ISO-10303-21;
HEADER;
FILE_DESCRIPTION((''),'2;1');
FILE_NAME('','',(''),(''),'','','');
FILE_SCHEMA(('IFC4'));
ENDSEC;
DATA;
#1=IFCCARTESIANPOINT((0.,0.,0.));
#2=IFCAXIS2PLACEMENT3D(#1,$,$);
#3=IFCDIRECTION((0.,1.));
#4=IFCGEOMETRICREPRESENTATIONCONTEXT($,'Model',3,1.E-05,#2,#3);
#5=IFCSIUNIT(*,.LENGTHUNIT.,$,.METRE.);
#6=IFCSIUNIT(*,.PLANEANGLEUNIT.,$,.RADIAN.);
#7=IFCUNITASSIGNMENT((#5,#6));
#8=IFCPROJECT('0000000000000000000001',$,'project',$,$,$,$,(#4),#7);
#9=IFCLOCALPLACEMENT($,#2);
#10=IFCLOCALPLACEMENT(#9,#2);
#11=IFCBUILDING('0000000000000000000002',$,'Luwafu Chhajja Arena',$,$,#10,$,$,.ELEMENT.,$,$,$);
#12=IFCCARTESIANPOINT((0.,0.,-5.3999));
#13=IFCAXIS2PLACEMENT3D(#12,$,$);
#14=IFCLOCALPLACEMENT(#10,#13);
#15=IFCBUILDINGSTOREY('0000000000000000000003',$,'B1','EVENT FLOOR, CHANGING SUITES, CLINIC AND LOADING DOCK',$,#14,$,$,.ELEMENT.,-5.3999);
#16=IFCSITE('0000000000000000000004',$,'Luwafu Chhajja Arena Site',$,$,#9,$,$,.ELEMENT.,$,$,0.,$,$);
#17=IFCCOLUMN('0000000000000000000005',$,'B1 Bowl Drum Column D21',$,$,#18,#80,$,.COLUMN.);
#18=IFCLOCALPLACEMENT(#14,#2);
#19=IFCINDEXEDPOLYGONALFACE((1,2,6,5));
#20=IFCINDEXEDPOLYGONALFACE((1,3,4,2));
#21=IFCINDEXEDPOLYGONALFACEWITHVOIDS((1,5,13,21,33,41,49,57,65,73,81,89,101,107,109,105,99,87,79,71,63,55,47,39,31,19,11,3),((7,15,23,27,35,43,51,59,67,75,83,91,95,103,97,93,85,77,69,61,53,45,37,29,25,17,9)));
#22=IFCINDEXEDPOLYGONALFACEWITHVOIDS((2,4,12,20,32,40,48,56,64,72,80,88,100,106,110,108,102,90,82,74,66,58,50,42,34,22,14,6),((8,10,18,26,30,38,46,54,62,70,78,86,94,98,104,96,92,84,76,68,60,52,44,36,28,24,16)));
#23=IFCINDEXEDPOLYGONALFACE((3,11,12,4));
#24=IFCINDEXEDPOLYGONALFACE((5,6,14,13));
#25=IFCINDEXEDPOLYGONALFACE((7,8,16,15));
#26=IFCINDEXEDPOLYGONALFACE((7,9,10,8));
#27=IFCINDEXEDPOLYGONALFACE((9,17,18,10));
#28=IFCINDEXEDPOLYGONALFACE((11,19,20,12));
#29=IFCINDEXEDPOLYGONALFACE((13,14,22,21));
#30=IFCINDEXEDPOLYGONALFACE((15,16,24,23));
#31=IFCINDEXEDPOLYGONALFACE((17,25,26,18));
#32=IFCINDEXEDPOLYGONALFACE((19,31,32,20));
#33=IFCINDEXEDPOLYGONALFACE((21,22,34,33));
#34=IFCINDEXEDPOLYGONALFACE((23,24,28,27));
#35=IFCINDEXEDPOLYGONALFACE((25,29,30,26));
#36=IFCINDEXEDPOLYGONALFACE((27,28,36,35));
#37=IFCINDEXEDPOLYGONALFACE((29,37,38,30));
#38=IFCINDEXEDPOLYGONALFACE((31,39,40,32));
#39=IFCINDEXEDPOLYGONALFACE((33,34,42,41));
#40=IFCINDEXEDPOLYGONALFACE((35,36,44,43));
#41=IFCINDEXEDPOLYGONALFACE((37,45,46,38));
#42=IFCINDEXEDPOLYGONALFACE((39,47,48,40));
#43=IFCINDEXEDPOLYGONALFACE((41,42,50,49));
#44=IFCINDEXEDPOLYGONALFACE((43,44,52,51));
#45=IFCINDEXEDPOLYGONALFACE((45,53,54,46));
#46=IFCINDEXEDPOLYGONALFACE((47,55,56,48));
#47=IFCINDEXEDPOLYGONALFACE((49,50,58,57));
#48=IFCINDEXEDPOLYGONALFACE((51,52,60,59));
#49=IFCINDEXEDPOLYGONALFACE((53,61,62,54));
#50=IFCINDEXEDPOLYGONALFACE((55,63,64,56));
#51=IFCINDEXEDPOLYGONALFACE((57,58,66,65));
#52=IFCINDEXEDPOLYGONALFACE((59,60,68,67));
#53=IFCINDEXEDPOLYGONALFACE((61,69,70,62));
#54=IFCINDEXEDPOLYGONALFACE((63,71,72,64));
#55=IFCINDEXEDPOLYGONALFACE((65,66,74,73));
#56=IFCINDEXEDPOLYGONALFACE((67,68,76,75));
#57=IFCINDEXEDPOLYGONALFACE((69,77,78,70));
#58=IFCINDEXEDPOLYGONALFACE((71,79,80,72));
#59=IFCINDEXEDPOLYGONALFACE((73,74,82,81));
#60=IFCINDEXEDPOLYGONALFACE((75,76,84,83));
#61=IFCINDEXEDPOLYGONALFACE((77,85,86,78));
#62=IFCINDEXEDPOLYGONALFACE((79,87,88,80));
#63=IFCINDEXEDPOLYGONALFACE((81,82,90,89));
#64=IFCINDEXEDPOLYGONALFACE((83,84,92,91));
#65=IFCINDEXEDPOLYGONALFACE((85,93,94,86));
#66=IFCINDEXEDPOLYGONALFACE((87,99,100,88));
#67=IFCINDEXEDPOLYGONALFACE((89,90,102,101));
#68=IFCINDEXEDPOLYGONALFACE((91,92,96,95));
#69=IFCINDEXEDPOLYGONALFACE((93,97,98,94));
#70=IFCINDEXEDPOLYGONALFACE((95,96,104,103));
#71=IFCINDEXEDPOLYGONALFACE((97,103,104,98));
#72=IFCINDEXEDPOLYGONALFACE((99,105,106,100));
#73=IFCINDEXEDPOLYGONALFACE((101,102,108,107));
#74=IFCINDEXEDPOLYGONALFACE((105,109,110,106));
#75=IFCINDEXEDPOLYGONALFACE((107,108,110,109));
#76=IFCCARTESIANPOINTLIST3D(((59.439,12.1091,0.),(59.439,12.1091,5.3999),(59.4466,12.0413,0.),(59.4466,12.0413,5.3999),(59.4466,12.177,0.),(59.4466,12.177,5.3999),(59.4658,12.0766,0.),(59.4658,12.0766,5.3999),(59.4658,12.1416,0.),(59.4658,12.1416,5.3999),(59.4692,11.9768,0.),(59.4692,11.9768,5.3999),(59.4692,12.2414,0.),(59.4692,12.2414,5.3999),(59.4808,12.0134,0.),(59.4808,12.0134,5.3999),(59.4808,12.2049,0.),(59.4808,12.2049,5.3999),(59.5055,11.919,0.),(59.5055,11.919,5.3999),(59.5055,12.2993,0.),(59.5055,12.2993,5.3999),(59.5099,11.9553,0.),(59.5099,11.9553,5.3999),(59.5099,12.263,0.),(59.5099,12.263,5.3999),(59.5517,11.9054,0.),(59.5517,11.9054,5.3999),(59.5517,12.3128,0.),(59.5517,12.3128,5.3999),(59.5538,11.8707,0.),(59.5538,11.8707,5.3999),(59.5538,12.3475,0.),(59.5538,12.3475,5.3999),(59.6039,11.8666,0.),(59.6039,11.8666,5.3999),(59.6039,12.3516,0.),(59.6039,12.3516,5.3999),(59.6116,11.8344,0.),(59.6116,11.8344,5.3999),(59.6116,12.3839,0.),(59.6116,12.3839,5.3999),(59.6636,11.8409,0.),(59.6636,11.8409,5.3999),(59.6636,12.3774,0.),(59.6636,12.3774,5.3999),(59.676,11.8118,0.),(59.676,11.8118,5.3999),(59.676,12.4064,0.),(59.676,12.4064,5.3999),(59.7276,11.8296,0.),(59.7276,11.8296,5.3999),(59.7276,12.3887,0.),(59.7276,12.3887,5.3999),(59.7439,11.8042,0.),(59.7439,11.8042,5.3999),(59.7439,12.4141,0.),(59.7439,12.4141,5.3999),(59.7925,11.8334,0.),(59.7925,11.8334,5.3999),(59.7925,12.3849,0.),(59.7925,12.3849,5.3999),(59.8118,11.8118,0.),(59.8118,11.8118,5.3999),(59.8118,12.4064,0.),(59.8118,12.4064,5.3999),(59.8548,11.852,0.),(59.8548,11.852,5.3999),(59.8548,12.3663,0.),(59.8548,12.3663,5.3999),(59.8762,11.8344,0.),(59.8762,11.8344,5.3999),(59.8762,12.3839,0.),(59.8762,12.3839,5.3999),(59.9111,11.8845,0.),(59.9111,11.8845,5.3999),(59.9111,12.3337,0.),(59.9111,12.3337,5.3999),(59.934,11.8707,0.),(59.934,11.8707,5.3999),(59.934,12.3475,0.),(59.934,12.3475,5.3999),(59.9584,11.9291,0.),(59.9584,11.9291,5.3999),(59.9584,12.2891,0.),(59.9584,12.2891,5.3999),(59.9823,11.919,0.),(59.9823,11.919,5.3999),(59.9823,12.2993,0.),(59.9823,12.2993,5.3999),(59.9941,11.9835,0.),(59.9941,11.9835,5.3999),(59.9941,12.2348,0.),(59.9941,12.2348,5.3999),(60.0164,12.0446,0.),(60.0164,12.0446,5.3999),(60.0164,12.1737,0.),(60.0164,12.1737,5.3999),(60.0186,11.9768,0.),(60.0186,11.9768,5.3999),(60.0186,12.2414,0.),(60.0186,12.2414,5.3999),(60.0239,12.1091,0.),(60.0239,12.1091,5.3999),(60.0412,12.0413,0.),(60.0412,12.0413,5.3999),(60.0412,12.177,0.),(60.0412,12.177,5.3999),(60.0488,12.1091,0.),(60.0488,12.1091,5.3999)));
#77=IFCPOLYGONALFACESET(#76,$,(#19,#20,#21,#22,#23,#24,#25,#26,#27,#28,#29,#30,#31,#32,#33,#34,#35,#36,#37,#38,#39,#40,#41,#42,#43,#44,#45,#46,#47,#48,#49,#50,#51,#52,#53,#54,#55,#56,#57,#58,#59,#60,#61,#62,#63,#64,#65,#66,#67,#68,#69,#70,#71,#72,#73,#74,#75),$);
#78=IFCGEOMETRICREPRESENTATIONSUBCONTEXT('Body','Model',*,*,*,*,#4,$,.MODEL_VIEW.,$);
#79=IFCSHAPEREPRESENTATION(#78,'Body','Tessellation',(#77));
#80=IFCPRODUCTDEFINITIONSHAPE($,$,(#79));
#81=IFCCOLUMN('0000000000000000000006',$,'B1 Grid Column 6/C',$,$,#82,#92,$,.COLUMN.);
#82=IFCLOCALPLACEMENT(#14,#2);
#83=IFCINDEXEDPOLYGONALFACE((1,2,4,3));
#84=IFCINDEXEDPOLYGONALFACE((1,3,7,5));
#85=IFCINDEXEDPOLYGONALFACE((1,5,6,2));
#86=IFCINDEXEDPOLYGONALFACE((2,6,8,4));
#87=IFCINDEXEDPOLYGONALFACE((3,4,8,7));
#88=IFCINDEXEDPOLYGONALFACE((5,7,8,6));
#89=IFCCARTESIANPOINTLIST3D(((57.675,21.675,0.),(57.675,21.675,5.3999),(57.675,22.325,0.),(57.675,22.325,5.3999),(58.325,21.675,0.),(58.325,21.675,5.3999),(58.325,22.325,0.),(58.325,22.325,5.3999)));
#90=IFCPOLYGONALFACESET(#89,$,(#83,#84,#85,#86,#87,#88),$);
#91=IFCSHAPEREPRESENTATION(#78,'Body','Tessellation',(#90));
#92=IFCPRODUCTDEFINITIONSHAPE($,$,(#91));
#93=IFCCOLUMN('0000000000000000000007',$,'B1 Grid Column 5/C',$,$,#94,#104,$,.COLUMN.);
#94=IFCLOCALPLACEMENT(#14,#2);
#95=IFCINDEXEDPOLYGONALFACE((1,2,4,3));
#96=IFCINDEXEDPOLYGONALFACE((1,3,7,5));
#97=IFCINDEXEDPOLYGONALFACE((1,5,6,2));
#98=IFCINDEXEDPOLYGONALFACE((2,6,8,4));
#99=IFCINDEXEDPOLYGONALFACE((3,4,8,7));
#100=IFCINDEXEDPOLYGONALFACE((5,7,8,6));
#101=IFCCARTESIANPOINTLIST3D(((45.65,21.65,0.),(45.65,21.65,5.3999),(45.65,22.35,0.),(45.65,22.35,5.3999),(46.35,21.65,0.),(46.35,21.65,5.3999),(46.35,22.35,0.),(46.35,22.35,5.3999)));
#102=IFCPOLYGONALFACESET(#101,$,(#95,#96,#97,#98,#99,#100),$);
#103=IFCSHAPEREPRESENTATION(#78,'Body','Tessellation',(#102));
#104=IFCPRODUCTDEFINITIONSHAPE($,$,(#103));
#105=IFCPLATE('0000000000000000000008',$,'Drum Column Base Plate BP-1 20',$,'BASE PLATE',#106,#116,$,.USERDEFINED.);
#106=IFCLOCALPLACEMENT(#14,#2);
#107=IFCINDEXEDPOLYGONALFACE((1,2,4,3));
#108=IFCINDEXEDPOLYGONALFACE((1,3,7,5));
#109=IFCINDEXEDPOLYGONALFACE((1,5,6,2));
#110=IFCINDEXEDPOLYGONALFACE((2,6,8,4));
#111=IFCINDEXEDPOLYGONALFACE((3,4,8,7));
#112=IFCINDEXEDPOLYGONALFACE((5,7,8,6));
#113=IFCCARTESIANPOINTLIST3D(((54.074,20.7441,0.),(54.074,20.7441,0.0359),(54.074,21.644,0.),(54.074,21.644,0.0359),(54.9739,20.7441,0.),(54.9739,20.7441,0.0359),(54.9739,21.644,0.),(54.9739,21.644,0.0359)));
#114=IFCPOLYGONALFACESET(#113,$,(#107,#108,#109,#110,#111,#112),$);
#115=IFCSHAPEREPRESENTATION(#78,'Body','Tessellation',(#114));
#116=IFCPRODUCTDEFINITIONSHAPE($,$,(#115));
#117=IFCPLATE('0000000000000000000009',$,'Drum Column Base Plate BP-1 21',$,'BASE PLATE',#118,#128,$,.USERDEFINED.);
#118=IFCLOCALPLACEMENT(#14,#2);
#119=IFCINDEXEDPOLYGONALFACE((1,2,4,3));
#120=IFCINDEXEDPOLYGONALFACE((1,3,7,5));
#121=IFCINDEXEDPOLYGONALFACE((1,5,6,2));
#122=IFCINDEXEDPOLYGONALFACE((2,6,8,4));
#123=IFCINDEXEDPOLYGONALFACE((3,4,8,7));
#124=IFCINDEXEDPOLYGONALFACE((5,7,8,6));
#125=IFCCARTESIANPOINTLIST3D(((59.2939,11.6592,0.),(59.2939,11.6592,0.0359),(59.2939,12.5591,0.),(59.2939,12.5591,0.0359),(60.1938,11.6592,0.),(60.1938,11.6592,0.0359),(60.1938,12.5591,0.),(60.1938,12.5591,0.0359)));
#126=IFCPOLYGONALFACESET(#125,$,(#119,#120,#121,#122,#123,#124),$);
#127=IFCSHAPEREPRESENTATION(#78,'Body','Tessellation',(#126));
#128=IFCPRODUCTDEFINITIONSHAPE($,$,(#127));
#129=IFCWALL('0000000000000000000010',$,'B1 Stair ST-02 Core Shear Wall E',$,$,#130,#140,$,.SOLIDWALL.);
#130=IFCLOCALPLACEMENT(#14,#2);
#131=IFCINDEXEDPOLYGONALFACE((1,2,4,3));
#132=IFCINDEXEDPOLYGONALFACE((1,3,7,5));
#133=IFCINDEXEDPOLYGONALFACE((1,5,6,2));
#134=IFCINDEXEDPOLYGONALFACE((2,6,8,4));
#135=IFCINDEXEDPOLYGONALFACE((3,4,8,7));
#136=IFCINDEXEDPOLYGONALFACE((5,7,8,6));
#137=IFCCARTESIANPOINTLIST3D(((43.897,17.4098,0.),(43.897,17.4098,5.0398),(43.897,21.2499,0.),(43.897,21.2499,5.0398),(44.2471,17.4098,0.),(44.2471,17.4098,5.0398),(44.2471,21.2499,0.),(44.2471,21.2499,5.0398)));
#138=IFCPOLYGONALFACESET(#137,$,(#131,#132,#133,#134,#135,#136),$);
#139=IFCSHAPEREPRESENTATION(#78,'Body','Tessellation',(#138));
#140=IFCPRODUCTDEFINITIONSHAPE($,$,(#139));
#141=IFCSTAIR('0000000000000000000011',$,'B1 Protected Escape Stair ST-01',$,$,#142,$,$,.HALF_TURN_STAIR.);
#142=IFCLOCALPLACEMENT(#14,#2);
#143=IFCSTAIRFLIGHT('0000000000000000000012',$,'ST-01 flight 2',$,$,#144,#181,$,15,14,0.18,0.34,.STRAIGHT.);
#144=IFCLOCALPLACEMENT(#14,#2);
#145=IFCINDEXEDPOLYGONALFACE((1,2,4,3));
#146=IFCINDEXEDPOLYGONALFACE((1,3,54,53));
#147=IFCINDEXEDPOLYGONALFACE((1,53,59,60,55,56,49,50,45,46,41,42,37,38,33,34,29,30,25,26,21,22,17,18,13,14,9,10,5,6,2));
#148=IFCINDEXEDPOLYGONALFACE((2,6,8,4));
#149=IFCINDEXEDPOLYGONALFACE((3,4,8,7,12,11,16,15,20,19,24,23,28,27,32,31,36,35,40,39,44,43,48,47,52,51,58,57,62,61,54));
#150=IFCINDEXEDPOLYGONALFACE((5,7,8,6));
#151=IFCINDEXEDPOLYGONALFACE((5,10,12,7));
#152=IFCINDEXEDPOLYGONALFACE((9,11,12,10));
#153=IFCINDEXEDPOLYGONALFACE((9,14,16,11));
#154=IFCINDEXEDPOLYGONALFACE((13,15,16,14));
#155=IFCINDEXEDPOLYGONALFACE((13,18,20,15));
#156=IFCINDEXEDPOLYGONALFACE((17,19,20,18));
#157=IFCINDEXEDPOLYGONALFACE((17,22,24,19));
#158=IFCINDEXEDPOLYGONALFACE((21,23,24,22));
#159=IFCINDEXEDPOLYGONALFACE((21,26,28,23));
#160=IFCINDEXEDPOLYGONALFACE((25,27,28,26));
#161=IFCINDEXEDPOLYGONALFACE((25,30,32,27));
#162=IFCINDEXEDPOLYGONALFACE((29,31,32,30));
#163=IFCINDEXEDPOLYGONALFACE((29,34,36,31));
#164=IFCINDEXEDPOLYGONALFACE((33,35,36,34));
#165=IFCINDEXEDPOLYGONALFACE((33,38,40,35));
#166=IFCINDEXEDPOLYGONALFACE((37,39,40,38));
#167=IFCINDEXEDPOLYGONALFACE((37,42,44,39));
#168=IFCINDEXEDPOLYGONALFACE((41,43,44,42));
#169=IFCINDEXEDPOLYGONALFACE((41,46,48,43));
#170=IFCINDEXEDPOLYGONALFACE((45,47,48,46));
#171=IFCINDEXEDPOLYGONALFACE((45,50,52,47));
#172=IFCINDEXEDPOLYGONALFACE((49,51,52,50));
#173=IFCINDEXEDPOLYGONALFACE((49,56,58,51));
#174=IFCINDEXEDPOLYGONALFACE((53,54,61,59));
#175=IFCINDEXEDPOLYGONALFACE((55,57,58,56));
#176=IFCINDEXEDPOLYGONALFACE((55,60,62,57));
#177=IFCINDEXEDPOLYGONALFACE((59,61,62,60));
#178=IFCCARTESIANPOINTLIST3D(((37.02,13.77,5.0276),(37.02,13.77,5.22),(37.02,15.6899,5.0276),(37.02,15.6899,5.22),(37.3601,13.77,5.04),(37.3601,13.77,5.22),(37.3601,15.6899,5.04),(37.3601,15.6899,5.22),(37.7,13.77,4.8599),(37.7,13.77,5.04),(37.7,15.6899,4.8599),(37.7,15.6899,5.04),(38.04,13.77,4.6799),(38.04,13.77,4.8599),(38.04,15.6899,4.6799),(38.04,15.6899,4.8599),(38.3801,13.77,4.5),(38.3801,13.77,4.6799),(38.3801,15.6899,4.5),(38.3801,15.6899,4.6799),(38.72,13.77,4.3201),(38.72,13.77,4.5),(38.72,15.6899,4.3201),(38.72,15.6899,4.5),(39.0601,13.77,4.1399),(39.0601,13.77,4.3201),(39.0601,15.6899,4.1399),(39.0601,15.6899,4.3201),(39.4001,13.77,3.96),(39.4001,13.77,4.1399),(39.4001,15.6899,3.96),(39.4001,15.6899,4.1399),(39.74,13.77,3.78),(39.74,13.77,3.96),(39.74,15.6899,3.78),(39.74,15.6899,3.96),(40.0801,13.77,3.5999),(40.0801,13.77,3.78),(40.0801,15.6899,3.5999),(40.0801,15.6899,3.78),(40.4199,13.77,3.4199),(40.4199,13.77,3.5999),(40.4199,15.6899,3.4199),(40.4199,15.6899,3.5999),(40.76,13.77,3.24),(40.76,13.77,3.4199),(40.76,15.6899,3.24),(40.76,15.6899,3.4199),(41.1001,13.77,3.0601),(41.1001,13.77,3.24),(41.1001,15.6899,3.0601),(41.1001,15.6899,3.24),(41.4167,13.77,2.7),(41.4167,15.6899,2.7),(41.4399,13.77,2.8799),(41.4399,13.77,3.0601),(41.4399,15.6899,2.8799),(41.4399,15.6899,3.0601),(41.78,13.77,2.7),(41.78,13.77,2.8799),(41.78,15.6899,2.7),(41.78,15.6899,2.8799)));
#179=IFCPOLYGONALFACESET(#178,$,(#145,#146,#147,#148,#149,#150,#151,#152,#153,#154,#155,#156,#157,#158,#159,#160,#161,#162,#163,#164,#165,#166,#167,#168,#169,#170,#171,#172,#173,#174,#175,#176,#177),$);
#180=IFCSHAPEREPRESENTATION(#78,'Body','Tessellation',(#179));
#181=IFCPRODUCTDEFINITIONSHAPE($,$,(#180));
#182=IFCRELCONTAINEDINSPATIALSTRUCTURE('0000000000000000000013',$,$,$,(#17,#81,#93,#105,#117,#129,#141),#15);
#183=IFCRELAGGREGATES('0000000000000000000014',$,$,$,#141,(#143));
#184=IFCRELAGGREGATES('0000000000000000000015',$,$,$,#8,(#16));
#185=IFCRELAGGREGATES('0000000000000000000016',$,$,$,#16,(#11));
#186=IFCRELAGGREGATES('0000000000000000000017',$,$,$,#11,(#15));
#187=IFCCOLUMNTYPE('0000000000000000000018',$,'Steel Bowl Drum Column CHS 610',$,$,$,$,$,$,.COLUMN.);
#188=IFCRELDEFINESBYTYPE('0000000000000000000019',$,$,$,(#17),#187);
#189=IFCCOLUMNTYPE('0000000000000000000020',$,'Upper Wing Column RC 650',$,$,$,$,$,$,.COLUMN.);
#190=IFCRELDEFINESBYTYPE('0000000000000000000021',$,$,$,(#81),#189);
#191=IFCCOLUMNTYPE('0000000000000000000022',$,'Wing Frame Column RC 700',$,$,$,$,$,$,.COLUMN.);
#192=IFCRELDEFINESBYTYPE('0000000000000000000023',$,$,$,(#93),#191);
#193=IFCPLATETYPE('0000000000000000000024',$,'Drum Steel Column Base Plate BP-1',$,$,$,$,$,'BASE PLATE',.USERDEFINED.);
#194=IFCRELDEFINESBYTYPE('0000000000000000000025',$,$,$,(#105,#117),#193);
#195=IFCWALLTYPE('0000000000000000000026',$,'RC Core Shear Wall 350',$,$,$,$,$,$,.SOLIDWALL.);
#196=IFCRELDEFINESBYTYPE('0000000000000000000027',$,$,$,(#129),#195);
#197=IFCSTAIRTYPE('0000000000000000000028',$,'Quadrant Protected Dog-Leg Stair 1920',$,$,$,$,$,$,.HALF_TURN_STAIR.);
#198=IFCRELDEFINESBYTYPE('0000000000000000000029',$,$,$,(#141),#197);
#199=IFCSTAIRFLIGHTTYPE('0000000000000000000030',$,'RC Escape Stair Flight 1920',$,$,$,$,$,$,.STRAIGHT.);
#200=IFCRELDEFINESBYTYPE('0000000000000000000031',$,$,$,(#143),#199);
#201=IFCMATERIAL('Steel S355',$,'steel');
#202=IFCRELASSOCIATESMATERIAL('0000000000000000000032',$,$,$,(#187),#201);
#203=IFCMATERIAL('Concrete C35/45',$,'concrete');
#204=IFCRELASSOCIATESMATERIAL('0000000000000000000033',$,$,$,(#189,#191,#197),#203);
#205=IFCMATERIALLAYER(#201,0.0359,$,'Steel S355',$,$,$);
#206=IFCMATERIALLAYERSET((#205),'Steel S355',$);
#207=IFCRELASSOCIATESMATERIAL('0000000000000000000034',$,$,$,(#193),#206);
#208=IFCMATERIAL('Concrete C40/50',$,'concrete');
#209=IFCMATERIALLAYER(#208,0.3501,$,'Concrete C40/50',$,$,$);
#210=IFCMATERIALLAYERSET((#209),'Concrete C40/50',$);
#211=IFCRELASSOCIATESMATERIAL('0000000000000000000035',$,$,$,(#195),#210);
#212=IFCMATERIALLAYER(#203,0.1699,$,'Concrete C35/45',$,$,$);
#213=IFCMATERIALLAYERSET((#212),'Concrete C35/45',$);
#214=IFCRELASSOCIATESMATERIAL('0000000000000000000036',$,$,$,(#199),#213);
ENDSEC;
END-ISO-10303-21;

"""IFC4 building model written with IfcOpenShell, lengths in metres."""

from ifc_helpers import new_model, si_unit, direction, frame, frame_2d, origin, origin_2d, place, context, subcontext, project, spatial, polyline, rectangle, hollow_circle, outline, extrude, material, layer, layer_set, material_profile, profile_set, type_object, element, aggregate, save


model = new_model("IFC4")

# Units and contexts
model_context = context("Model", 3, precision=1e-05, world=origin(), true_north=direction((0.0, 1.0)))
body_context = subcontext(model_context, "Body", "Model", "MODEL_VIEW")
ifc_project = project(units=[si_unit("LENGTHUNIT", "METRE"), si_unit("PLANEANGLEUNIT", "RADIAN")], contexts=[model_context])

# Site, building, storey
site_placement = place(None, origin())
site = spatial("IfcSite", under=ifc_project, at=site_placement, Name="Luwafu Chhajja Arena Site", CompositionType="ELEMENT", RefElevation=0.0)
building_placement = place(site_placement, origin())
building = spatial("IfcBuilding", under=site, at=building_placement, Name="Luwafu Chhajja Arena", CompositionType="ELEMENT")
storey_placement = place(building_placement, frame((0.0, 0.0, -5.3999)))
storey = spatial("IfcBuildingStorey", under=building, at=storey_placement, Name="B1", Description="EVENT FLOOR, CHANGING SUITES, CLINIC AND LOADING DOCK", CompositionType="ELEMENT", Elevation=-5.3999)

# Shared definitions
ifc_material_1 = material(Name="Concrete C35/45", Category="concrete")

# Columns
ifc_material_2 = material(Name="Concrete C40/50", Category="concrete")
ifc_material_3 = material(Name="Steel S355", Category="steel")
ifc_material_profile_1 = material_profile(ifc_material_3, hollow_circle(Radius=0.3049, WallThickness=0.0249, at=origin_2d()), Name="CHS 610x25")
ifc_profile_set_1 = profile_set([ifc_material_profile_1], Name="Steel S355")
column_type_1 = type_object("IfcColumnType", Name="Steel Bowl Drum Column CHS 610", PredefinedType="COLUMN", material=ifc_profile_set_1)
for number, where, z_axis, x_axis, name in (
    (1, (59.7439, 12.1091, 0.0), (0.0, 0.0, 1.0), (1.0, 0.0, 0.0), "B1 Bowl Drum Column D21"),
):
    element("IfcColumn", number, at=place(storey_placement, frame(where, z_axis=z_axis, x_axis=x_axis)), inside=storey, type_object=column_type_1, Name=name, PredefinedType="COLUMN", context=body_context, shape_type="SweptSolid", body=[
        extrude(hollow_circle(Radius=0.3049, WallThickness=0.0249, at=origin_2d()), origin(), (0.0, 0.0, 1.0), 5.3999),
    ])
ifc_material_profile_2 = material_profile(ifc_material_1, rectangle(XDim=0.6499, YDim=0.6499, at=origin_2d()), Name="RC 650x650")
ifc_profile_set_2 = profile_set([ifc_material_profile_2], Name="Concrete C35/45")
column_type_2 = type_object("IfcColumnType", Name="Upper Wing Column RC 650", PredefinedType="COLUMN", material=ifc_profile_set_2)
column_1_placement = place(storey_placement, frame((58.0, 22.0, 0.0), z_axis=(0.0, 0.0, 1.0), x_axis=(1.0, 0.0, 0.0)))
element("IfcColumn", 2, at=column_1_placement, inside=storey, type_object=column_type_2, Name="B1 Grid Column 6/C", PredefinedType="COLUMN", context=body_context, shape_type="SweptSolid", body=[
    extrude(rectangle(XDim=0.6499, YDim=0.6499, at=origin_2d()), origin(), (0.0, 0.0, 1.0), 5.3999),
])
ifc_material_profile_3 = material_profile(ifc_material_1, rectangle(XDim=0.7, YDim=0.7, at=origin_2d()), Name="RC 700x700")
ifc_profile_set_3 = profile_set([ifc_material_profile_3], Name="Concrete C35/45")
column_type_3 = type_object("IfcColumnType", Name="Wing Frame Column RC 700", PredefinedType="COLUMN", material=ifc_profile_set_3)
column_2_placement = place(storey_placement, frame((46.0, 22.0, 0.0), z_axis=(0.0, 0.0, 1.0), x_axis=(1.0, 0.0, 0.0)))
element("IfcColumn", 3, at=column_2_placement, inside=storey, type_object=column_type_3, Name="B1 Grid Column 5/C", PredefinedType="COLUMN", context=body_context, shape_type="SweptSolid", body=[
    extrude(rectangle(XDim=0.7, YDim=0.7, at=origin_2d()), origin(), (0.0, 0.0, 1.0), 5.3999),
])

# Plates
ifc_layer_1 = layer(ifc_material_3, 0.0359, Name="Steel S355")
ifc_layer_set_1 = layer_set([ifc_layer_1], Name="Steel S355")
plate_type = type_object("IfcPlateType", Name="Drum Steel Column Base Plate BP-1", ElementType="BASE PLATE", PredefinedType="USERDEFINED", material=ifc_layer_set_1)
for number, where, z_axis, x_axis, name in (
    (4, (54.5239, 21.1941, 0.0), (0.0, 0.0, 1.0), (1.0, 0.0, 0.0), "Drum Column Base Plate BP-1 20"),
    (5, (59.7439, 12.1091, 0.0), (0.0, 0.0, 1.0), (1.0, 0.0, 0.0), "Drum Column Base Plate BP-1 21"),
):
    element("IfcPlate", number, at=place(storey_placement, frame(where, z_axis=z_axis, x_axis=x_axis)), inside=storey, type_object=plate_type, Name=name, ObjectType="BASE PLATE", PredefinedType="USERDEFINED", context=body_context, shape_type="SweptSolid", body=[
        extrude(rectangle(XDim=0.8999, YDim=0.8999, at=origin_2d()), origin(), (0.0, 0.0, 1.0), 0.0359),
    ])

# Wall
ifc_layer_2 = layer(ifc_material_2, 0.3501, Name="Concrete C40/50")
ifc_layer_set_2 = layer_set([ifc_layer_2], Name="Concrete C40/50")
wall_type = type_object("IfcWallType", Name="RC Core Shear Wall 350", PredefinedType="SOLIDWALL", material=ifc_layer_set_2)
wall_placement = place(storey_placement, frame((44.072, 17.4099, 0.0), z_axis=(0.0, 0.0, 1.0), x_axis=(0.0, 1.0, 0.0)))
element("IfcWall", 6, at=wall_placement, inside=storey, type_object=wall_type, Name="B1 Stair ST-02 Core Shear Wall E", PredefinedType="SOLIDWALL", context=body_context, shape_type="SweptSolid", body=[
    extrude(rectangle(XDim=3.8401, YDim=0.3501, at=frame_2d((1.9199, 0.0))), origin(), (0.0, 0.0, 1.0), 5.0398),
])

# Stair, stair flight
stair_type = type_object("IfcStairType", Name="Quadrant Protected Dog-Leg Stair 1920", PredefinedType="HALF_TURN_STAIR", material=ifc_material_1)
stair_1_placement = place(storey_placement, origin())
stair_1 = element("IfcStair", 7, at=stair_1_placement, inside=storey, type_object=stair_type, Name="B1 Protected Escape Stair ST-01", PredefinedType="HALF_TURN_STAIR")
ifc_layer_3 = layer(ifc_material_1, 0.1699, Name="Concrete C35/45")
ifc_layer_set_3 = layer_set([ifc_layer_3], Name="Concrete C35/45")
stair_flight_type = type_object("IfcStairFlightType", Name="RC Escape Stair Flight 1920", PredefinedType="STRAIGHT", material=ifc_layer_set_3)
stair_flight_1_placement = place(storey_placement, frame((41.78, 14.73, 2.7), z_axis=(0.0, 0.0, 1.0), x_axis=(-1.0, 0.0, 0.0)))
stair_flight_1 = element("IfcStairFlight", 8, at=stair_flight_1_placement, type_object=stair_flight_type, Name="ST-01 flight 2", NumberOfRisers=15, NumberOfTreads=14, PredefinedType="STRAIGHT", RiserHeight=0.18, TreadLength=0.34, context=body_context, shape_type="SweptSolid", body=[
    extrude(outline(polyline([(0.0, 0.0), (0.0, 0.1799), (0.3401, 0.1799), (0.3401, 0.3601), (0.6799, 0.3601), (0.6799, 0.54), (1.02, 0.54), (1.02, 0.72), (1.3601, 0.72), (1.3601, 0.8999), (1.7, 0.8999), (1.7, 1.0801), (2.04, 1.0801), (2.04, 1.26), (2.3799, 1.26), (2.3799, 1.4399), (2.72, 1.4399), (2.72, 1.6201), (3.0601, 1.6201), (3.0601, 1.8), (3.3999, 1.8), (3.3999, 1.98), (3.74, 1.98), (3.74, 2.1599), (4.0801, 2.1599), (4.0801, 2.3401), (4.4199, 2.3401), (4.4199, 2.52), (4.76, 2.52), (4.76, 2.7), (4.76, 2.3276), (0.3633, 0.0), (0.0, 0.0)])), frame((0.0, 0.96, 0.0), z_axis=(0.0, -1.0, 0.0), x_axis=(1.0, 0.0, 0.0)), (0.0, 0.0, 1.0), 1.9199),
])
aggregate(stair_1, [stair_flight_1])

save(model, "model.ifc")
